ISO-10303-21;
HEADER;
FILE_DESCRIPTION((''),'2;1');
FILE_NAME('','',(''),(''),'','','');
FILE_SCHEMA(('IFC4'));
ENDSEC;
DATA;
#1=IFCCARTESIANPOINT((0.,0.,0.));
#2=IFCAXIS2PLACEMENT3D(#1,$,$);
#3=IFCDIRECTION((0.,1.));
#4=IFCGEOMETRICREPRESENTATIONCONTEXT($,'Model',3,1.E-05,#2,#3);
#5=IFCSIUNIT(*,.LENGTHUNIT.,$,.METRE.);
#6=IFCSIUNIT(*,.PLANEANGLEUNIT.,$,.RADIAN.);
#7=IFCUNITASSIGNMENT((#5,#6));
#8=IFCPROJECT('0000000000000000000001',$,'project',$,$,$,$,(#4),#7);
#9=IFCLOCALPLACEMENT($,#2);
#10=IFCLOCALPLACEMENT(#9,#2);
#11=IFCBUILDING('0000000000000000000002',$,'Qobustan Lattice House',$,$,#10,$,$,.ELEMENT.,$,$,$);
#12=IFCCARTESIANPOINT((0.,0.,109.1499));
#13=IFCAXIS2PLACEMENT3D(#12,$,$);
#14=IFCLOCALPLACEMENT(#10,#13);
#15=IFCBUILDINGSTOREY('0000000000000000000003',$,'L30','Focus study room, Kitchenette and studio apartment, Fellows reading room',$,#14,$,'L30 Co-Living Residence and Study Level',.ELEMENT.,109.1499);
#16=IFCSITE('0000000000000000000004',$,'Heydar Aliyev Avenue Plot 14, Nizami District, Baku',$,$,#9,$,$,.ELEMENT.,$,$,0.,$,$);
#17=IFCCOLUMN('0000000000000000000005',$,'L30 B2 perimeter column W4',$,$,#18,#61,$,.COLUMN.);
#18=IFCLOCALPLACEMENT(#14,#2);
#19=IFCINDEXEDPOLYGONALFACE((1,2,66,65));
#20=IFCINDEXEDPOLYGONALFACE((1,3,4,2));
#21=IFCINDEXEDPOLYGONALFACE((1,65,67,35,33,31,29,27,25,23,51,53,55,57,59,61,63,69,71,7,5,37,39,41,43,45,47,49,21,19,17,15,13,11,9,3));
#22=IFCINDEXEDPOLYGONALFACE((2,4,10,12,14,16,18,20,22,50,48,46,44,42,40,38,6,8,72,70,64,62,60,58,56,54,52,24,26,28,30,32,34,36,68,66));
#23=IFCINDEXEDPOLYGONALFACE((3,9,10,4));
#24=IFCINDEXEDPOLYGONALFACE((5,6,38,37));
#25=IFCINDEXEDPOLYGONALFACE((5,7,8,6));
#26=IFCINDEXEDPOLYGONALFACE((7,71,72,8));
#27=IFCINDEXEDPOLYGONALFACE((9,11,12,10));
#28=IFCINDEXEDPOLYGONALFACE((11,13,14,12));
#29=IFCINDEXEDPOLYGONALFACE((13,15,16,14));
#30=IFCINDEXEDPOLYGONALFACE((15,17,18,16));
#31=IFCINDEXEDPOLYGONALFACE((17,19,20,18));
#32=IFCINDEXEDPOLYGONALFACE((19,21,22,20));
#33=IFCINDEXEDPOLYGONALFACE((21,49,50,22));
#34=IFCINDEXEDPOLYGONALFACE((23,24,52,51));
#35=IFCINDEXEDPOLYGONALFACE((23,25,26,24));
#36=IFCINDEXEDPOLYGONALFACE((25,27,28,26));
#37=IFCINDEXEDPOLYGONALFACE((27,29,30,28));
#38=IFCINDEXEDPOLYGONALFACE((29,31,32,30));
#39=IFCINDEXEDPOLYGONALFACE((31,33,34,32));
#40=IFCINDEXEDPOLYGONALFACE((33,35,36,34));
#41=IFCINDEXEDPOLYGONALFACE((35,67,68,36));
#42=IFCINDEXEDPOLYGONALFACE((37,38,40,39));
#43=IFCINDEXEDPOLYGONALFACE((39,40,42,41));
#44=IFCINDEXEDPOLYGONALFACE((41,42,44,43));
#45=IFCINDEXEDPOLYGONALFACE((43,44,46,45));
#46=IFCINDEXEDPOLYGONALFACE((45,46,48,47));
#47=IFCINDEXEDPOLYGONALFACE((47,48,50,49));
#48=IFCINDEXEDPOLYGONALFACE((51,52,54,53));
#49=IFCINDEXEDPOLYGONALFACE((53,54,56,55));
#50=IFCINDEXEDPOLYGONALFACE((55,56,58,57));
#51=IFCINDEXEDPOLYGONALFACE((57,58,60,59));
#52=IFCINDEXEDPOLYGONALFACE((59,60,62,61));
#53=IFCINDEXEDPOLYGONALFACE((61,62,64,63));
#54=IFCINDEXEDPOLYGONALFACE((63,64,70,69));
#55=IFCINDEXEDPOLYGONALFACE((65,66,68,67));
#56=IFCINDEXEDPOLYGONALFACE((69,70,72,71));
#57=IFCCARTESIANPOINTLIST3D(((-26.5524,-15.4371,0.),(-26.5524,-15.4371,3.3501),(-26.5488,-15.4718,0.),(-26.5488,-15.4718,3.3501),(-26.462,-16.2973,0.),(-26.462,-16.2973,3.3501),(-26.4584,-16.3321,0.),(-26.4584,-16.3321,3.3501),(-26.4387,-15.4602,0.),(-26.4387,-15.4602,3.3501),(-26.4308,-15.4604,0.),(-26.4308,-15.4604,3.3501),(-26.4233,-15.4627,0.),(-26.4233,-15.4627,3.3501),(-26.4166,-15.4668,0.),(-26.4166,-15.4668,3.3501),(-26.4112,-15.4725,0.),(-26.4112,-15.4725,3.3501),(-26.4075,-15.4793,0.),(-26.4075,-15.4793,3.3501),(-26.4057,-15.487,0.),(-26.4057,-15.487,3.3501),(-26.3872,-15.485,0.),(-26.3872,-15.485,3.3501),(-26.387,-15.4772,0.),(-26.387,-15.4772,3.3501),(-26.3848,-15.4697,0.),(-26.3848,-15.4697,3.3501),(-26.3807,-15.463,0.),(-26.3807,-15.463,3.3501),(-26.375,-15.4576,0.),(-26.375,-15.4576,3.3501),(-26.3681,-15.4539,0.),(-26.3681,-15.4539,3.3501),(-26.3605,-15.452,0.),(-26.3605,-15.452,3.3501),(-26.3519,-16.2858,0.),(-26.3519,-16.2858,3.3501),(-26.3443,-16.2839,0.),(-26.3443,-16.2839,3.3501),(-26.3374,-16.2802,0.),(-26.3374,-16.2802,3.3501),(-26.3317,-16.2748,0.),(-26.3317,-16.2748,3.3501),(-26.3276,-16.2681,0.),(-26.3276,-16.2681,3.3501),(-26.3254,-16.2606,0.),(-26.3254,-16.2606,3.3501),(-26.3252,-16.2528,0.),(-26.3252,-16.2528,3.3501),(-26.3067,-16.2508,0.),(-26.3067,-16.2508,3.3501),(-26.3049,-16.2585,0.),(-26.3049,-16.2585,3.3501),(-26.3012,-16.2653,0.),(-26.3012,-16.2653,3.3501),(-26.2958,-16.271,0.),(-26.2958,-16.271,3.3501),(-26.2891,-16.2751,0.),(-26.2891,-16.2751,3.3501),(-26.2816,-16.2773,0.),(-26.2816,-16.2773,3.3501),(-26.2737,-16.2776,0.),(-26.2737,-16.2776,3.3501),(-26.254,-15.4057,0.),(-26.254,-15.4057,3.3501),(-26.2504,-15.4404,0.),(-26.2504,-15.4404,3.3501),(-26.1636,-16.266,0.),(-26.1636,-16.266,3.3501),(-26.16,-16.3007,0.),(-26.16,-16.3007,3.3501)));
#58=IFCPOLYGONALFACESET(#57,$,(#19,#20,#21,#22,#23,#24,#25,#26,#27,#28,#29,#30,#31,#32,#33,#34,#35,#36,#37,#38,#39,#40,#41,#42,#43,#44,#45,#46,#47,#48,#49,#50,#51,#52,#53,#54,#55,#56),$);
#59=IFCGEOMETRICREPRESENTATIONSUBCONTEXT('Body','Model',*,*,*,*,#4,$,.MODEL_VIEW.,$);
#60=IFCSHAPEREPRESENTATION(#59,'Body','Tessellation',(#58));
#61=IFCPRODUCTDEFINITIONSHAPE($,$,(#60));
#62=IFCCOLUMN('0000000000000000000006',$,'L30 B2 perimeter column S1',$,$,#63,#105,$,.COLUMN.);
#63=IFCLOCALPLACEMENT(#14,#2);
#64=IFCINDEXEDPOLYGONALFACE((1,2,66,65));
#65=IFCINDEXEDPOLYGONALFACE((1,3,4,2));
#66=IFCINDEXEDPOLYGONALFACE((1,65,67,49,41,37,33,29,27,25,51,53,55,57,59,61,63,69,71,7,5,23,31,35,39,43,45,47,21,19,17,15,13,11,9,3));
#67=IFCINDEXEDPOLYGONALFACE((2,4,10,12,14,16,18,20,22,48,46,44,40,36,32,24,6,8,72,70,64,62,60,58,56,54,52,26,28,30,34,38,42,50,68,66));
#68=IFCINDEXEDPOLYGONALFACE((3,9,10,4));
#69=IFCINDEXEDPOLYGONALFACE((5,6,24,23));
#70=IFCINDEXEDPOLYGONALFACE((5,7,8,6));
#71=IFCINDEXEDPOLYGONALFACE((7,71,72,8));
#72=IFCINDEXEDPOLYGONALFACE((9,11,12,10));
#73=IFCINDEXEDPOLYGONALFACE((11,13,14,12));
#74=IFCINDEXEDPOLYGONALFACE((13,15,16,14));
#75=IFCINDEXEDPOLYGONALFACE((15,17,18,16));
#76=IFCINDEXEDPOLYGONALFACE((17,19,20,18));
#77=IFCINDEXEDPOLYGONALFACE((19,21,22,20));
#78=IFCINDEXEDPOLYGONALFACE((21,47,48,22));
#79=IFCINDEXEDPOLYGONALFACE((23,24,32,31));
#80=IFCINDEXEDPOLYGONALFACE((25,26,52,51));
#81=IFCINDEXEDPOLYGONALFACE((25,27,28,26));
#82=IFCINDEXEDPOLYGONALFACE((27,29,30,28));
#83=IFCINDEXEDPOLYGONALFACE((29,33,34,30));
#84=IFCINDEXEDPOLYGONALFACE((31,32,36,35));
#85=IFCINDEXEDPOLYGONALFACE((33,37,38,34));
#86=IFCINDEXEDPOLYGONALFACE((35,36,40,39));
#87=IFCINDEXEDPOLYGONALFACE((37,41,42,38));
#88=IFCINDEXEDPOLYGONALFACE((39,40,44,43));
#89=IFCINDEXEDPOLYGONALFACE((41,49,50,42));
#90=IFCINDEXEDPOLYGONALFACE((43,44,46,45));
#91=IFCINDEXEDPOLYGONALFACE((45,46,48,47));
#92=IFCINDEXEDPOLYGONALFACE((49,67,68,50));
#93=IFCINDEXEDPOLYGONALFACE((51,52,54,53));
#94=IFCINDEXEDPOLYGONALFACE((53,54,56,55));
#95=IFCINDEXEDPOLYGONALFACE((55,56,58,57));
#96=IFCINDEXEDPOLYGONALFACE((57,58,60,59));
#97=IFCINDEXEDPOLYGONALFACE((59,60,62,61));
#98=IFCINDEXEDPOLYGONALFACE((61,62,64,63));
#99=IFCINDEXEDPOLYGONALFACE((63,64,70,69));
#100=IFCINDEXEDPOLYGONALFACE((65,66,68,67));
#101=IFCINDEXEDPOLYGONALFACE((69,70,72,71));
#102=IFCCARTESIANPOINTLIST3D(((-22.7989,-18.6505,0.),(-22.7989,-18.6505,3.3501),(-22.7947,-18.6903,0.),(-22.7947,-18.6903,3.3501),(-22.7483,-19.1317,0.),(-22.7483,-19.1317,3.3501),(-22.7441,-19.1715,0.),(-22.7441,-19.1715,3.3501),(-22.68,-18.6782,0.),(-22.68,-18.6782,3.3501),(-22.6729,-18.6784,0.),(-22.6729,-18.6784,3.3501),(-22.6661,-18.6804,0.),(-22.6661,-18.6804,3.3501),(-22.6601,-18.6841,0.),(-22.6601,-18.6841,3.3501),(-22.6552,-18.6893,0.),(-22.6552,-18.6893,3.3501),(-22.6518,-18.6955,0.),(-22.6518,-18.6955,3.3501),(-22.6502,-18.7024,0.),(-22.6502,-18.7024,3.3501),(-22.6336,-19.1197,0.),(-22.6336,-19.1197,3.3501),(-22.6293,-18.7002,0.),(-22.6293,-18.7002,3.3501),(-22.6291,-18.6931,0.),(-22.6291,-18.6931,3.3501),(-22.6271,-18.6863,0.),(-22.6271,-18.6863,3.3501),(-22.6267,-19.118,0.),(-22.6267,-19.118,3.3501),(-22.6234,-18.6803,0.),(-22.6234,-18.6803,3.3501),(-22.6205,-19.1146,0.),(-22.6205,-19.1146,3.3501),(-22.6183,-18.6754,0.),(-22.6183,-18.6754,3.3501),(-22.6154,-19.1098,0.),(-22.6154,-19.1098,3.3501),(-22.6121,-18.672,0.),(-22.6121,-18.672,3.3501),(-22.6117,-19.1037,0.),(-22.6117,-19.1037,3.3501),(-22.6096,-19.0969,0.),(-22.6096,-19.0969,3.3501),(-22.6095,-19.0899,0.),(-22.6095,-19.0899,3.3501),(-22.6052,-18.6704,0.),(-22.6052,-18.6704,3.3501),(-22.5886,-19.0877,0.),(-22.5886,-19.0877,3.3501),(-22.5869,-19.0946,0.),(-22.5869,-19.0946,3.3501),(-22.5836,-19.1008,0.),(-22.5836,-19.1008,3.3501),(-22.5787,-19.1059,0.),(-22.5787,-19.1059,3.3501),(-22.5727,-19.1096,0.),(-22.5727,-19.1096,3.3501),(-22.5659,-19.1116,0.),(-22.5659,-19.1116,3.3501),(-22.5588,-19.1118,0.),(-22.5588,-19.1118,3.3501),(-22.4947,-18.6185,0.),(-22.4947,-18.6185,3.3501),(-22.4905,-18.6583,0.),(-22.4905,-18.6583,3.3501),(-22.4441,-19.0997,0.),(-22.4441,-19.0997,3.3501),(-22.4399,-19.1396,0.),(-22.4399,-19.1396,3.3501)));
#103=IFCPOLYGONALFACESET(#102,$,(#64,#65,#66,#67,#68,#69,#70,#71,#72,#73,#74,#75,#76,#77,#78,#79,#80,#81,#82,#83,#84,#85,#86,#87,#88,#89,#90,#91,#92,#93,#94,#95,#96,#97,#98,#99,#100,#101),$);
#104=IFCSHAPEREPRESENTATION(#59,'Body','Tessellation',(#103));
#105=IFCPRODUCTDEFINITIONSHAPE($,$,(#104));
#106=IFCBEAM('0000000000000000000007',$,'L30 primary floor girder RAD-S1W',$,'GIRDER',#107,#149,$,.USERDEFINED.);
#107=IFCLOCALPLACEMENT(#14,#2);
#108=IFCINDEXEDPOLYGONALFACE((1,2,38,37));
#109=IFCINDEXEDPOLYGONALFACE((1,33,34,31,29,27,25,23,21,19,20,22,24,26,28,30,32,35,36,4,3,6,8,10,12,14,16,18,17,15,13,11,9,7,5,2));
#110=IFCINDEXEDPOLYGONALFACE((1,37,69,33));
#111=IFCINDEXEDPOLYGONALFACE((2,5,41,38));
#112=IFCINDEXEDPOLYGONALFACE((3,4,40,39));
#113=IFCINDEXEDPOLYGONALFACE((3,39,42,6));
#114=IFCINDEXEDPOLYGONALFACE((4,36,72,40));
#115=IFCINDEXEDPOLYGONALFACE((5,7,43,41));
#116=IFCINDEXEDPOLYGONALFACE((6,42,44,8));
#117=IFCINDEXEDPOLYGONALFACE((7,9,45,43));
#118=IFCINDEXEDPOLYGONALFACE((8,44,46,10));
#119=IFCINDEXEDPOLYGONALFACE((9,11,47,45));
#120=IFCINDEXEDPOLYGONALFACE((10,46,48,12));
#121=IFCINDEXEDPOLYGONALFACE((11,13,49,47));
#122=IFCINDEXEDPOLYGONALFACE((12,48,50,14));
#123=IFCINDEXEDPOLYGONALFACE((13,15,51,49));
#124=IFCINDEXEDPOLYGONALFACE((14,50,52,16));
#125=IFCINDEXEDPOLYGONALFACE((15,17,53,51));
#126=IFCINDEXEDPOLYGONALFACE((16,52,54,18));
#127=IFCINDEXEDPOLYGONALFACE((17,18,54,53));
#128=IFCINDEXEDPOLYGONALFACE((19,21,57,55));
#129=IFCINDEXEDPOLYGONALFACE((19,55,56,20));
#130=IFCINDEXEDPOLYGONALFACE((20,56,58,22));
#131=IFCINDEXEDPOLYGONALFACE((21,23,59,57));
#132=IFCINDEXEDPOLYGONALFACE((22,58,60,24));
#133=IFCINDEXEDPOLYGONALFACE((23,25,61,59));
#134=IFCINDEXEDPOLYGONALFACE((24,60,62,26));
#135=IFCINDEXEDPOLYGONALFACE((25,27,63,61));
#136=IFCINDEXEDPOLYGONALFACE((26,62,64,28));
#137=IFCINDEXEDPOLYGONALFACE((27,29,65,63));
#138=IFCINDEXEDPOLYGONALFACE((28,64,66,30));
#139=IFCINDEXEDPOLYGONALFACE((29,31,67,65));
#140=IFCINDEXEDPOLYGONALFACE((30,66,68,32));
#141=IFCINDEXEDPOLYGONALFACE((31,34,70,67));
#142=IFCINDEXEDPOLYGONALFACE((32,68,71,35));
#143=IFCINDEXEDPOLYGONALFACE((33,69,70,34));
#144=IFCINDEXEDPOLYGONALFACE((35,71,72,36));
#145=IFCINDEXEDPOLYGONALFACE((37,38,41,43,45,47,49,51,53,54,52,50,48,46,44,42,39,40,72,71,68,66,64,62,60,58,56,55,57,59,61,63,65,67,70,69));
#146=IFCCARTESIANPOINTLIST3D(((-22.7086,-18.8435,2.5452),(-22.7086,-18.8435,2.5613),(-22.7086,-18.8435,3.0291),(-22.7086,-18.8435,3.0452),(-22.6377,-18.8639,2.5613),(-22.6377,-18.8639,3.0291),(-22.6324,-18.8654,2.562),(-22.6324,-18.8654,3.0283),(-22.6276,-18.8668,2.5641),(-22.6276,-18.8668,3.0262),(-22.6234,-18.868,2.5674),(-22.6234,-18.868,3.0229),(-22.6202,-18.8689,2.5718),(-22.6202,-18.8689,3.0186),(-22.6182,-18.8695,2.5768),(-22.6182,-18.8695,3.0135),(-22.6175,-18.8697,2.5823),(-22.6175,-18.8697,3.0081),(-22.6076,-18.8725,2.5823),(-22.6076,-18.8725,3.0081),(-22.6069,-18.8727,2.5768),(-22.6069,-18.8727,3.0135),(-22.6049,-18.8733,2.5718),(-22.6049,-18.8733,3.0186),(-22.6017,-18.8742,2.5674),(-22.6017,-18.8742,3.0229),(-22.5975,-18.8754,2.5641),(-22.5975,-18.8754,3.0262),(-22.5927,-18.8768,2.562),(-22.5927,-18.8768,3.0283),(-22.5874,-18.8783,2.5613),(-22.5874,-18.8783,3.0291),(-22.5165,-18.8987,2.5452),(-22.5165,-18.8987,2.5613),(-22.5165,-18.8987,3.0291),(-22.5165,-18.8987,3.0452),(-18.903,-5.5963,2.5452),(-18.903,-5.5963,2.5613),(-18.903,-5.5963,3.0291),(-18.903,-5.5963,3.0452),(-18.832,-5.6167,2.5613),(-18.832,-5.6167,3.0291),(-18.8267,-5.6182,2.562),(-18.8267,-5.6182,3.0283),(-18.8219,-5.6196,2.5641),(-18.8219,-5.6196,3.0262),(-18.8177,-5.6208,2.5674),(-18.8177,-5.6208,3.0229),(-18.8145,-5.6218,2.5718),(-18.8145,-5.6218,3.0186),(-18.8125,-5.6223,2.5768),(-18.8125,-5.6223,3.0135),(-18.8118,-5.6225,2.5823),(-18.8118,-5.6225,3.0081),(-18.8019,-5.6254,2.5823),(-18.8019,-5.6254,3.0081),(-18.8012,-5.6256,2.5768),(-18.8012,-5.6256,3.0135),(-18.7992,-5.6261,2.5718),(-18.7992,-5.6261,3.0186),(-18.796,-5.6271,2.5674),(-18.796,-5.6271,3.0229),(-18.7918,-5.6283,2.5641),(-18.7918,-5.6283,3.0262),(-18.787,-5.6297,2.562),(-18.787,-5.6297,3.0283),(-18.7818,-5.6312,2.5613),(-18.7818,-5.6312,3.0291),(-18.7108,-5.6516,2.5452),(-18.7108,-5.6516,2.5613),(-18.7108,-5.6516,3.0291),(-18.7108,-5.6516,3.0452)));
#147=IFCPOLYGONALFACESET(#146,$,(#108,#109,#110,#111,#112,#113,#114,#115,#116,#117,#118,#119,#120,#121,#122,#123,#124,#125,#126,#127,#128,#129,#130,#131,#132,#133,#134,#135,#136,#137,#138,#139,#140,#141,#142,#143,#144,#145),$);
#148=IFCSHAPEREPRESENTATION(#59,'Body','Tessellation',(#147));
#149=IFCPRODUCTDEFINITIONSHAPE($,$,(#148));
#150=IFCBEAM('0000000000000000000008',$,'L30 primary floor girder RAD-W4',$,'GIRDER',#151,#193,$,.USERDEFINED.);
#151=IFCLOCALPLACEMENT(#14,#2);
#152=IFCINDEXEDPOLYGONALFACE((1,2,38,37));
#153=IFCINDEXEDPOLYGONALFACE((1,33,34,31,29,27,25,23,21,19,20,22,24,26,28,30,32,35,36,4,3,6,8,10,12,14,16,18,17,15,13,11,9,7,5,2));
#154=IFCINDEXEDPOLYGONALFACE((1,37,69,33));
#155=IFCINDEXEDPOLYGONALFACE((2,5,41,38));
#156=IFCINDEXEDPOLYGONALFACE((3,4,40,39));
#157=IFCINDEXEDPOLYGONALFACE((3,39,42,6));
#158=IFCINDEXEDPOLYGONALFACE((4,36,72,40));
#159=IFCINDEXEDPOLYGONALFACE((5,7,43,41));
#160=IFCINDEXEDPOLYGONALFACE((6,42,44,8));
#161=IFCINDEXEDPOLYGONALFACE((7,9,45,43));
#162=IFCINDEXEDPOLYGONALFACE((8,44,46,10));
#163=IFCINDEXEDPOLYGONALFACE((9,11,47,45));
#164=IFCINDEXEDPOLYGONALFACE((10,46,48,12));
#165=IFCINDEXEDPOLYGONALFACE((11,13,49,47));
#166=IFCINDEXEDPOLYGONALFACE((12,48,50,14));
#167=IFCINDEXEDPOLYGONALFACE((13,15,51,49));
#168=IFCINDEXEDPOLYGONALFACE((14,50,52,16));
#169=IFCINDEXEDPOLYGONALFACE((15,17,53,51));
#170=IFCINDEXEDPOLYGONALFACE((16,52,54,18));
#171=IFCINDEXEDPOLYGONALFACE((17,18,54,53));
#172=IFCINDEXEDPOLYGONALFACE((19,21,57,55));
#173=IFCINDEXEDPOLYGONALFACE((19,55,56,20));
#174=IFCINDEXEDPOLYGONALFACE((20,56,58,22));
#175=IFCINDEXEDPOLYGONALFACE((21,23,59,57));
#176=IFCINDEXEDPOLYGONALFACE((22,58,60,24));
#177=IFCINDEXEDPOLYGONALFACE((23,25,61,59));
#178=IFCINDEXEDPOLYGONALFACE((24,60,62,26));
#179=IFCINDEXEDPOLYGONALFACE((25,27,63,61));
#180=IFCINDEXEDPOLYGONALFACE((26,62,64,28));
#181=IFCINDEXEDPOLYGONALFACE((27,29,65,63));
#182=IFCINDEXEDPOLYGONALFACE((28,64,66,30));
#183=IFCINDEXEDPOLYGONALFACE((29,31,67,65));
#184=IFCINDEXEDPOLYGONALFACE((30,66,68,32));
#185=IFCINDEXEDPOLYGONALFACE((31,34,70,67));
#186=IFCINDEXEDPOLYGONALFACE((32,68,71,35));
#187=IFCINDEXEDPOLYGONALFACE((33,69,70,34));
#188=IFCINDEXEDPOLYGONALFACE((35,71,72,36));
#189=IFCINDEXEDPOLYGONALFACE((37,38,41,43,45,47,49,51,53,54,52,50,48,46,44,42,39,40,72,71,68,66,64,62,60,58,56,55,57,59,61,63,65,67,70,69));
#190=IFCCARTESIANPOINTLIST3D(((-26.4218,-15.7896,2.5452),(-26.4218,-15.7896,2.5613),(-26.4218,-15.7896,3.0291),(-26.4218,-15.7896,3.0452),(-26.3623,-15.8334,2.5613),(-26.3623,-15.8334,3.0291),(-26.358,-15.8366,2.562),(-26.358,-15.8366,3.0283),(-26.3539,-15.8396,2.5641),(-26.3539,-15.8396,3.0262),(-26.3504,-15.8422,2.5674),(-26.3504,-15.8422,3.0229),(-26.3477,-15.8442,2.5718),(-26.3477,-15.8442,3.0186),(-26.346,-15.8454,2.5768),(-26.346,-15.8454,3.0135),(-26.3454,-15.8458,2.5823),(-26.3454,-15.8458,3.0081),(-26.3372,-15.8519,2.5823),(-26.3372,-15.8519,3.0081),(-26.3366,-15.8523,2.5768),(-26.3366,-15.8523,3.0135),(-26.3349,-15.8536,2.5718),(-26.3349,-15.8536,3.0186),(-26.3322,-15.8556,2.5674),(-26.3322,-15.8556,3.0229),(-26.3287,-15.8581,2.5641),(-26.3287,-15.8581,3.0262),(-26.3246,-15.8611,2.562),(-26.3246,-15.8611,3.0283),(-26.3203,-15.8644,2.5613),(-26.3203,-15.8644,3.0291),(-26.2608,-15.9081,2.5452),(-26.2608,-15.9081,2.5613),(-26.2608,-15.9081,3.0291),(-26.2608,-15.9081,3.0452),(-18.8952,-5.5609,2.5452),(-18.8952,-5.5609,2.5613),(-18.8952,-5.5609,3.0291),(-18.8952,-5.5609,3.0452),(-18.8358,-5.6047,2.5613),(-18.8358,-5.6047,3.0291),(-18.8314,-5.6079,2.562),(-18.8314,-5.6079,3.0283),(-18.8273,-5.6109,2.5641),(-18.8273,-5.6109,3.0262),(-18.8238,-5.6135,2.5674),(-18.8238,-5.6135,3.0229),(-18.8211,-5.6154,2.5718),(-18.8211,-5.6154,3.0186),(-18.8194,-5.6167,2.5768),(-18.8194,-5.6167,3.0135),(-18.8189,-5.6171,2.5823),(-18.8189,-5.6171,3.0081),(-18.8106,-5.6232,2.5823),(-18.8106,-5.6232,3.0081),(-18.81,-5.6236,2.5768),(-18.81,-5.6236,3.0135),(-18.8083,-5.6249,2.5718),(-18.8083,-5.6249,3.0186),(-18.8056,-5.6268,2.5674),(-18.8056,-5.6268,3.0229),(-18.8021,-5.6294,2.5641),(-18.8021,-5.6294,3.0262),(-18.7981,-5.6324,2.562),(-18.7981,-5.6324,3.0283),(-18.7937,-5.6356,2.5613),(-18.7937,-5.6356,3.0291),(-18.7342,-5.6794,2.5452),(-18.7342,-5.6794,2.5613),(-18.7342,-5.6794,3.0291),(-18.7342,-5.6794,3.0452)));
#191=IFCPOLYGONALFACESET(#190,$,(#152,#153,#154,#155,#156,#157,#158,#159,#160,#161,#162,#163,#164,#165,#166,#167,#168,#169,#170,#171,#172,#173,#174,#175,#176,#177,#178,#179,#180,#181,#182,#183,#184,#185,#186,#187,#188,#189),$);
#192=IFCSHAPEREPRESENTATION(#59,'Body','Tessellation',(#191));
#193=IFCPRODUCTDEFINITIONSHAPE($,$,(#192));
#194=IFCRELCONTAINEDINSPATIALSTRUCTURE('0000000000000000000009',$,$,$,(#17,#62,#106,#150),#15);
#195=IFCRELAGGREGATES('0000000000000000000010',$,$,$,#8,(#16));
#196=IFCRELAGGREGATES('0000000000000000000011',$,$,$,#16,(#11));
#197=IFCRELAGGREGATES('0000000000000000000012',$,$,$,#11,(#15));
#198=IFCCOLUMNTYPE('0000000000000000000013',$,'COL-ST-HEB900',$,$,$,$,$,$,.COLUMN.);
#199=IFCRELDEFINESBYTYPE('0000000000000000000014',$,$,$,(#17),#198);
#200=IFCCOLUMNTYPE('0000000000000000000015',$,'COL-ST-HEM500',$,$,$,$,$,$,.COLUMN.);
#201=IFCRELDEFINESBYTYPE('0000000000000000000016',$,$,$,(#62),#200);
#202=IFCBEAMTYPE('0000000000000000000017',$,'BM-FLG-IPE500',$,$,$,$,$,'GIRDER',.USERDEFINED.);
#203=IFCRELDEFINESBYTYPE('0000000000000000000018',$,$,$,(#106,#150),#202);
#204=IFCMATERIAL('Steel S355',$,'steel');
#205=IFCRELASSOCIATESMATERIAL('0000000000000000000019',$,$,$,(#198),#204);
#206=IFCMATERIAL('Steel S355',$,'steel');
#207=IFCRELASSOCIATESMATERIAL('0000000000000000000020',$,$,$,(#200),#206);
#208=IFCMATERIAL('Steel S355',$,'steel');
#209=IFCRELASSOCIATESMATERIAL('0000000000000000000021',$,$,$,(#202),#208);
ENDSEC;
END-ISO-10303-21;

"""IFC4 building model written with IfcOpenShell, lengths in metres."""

from ifc_helpers import new_model, si_unit, direction, frame, origin, origin_2d, place, context, subcontext, project, spatial, i_section, extrude, material, material_profile, profile_set, type_object, element, save


model = new_model("IFC4")

# Units and contexts
model_context = context("Model", 3, precision=1e-05, world=origin(), true_north=direction((0.0, 1.0)))
body_context = subcontext(model_context, "Body", "Model", "MODEL_VIEW")
ifc_project = project(units=[si_unit("LENGTHUNIT", "METRE"), si_unit("PLANEANGLEUNIT", "RADIAN")], contexts=[model_context])

# Site, building, storey
site_placement = place(None, origin())
site = spatial("IfcSite", under=ifc_project, at=site_placement, Name="Heydar Aliyev Avenue Plot 14, Nizami District, Baku", CompositionType="ELEMENT", RefElevation=0.0)
building_placement = place(site_placement, origin())
building = spatial("IfcBuilding", under=site, at=building_placement, Name="Qobustan Lattice House", CompositionType="ELEMENT")
storey_placement = place(building_placement, frame((0.0, 0.0, 109.1499)))
storey = spatial("IfcBuildingStorey", under=building, at=storey_placement, Name="L30", Description="Focus study room, Kitchenette and studio apartment, Fellows reading room", LongName="L30 Co-Living Residence and Study Level", CompositionType="ELEMENT", Elevation=109.1499)

# Columns
ifc_material_1 = material(Name="Steel S355", Category="steel")
ifc_material_profile_1 = material_profile(ifc_material_1, i_section(OverallWidth=0.3, OverallDepth=0.8999, WebThickness=0.0186, FlangeThickness=0.0349, FilletRadius=0.03, at=origin_2d()), Name="HEB900")
ifc_profile_set_1 = profile_set([ifc_material_profile_1], Name="Steel S355")
column_type_1 = type_object("IfcColumnType", Name="COL-ST-HEB900", PredefinedType="COLUMN", material=ifc_profile_set_1)
column_1_placement = place(storey_placement, frame((-26.3562, -15.8689, 0.0), z_axis=(0.0, 0.0, 1.0), x_axis=(0.994522, 0.104528, 0.0)))
element("IfcColumn", 1, at=column_1_placement, inside=storey, type_object=column_type_1, Name="L30 B2 perimeter column W4", PredefinedType="COLUMN", context=body_context, shape_type="SweptSolid", body=[
    extrude(i_section(OverallWidth=0.3, OverallDepth=0.8999, WebThickness=0.0186, FlangeThickness=0.0349, FilletRadius=0.03, at=origin_2d()), origin(), (0.0, 0.0, 1.0), 3.3501),
])
ifc_material_2 = material(Name="Steel S355", Category="steel")
ifc_material_profile_2 = material_profile(ifc_material_2, i_section(OverallWidth=0.3059, OverallDepth=0.5239, WebThickness=0.021, FlangeThickness=0.04, FilletRadius=0.0271, at=origin_2d()), Name="HEM500")
ifc_profile_set_2 = profile_set([ifc_material_profile_2], Name="Steel S355")
column_type_2 = type_object("IfcColumnType", Name="COL-ST-HEM500", PredefinedType="COLUMN", material=ifc_profile_set_2)
column_2_placement = place(storey_placement, frame((-22.6194, -18.895, 0.0), z_axis=(0.0, 0.0, 1.0), x_axis=(0.994522, 0.104528, 0.0)))
element("IfcColumn", 2, at=column_2_placement, inside=storey, type_object=column_type_2, Name="L30 B2 perimeter column S1", PredefinedType="COLUMN", context=body_context, shape_type="SweptSolid", body=[
    extrude(i_section(OverallWidth=0.3059, OverallDepth=0.5239, WebThickness=0.021, FlangeThickness=0.04, FilletRadius=0.0271, at=origin_2d()), origin(), (0.0, 0.0, 1.0), 3.3501),
])

# Beams
ifc_material_3 = material(Name="Steel S355", Category="steel")
ifc_material_profile_3 = material_profile(ifc_material_3, i_section(OverallWidth=0.2, OverallDepth=0.5, WebThickness=0.0103, FlangeThickness=0.0161, FilletRadius=0.021, at=origin_2d()), Name="IPE500")
ifc_profile_set_3 = profile_set([ifc_material_profile_3], Name="Steel S355")
beam_type_1 = type_object("IfcBeamType", Name="BM-FLG-IPE500", ElementType="GIRDER", PredefinedType="USERDEFINED", material=ifc_profile_set_3)
beam_1_placement = place(storey_placement, frame((-22.6125, -18.8711, 2.7952), z_axis=(0.276115, 0.961125, 0.0), x_axis=(-0.961125, 0.276115, 0.0)))
element("IfcBeam", 3, at=beam_1_placement, inside=storey, type_object=beam_type_1, Name="L30 primary floor girder RAD-S1W", ObjectType="GIRDER", PredefinedType="USERDEFINED", context=body_context, shape_type="SweptSolid", body=[
    extrude(i_section(OverallWidth=0.2, OverallDepth=0.5, WebThickness=0.0103, FlangeThickness=0.0161, FilletRadius=0.021, at=origin_2d()), origin(), (0.0, 0.0, 1.0), 13.783),
])
beam_2_placement = place(storey_placement, frame((-26.3413, -15.8489, 2.7952), z_axis=(0.59267, 0.805446, 0.0), x_axis=(-0.805446, 0.59267, 0.0)))
element("IfcBeam", 4, at=beam_2_placement, inside=storey, type_object=beam_type_1, Name="L30 primary floor girder RAD-W4", ObjectType="GIRDER", PredefinedType="USERDEFINED", context=body_context, shape_type="SweptSolid", body=[
    extrude(i_section(OverallWidth=0.2, OverallDepth=0.5, WebThickness=0.0103, FlangeThickness=0.0161, FilletRadius=0.021, at=origin_2d()), origin(), (0.0, 0.0, 1.0), 12.6995),
])

save(model, "model.ifc")
